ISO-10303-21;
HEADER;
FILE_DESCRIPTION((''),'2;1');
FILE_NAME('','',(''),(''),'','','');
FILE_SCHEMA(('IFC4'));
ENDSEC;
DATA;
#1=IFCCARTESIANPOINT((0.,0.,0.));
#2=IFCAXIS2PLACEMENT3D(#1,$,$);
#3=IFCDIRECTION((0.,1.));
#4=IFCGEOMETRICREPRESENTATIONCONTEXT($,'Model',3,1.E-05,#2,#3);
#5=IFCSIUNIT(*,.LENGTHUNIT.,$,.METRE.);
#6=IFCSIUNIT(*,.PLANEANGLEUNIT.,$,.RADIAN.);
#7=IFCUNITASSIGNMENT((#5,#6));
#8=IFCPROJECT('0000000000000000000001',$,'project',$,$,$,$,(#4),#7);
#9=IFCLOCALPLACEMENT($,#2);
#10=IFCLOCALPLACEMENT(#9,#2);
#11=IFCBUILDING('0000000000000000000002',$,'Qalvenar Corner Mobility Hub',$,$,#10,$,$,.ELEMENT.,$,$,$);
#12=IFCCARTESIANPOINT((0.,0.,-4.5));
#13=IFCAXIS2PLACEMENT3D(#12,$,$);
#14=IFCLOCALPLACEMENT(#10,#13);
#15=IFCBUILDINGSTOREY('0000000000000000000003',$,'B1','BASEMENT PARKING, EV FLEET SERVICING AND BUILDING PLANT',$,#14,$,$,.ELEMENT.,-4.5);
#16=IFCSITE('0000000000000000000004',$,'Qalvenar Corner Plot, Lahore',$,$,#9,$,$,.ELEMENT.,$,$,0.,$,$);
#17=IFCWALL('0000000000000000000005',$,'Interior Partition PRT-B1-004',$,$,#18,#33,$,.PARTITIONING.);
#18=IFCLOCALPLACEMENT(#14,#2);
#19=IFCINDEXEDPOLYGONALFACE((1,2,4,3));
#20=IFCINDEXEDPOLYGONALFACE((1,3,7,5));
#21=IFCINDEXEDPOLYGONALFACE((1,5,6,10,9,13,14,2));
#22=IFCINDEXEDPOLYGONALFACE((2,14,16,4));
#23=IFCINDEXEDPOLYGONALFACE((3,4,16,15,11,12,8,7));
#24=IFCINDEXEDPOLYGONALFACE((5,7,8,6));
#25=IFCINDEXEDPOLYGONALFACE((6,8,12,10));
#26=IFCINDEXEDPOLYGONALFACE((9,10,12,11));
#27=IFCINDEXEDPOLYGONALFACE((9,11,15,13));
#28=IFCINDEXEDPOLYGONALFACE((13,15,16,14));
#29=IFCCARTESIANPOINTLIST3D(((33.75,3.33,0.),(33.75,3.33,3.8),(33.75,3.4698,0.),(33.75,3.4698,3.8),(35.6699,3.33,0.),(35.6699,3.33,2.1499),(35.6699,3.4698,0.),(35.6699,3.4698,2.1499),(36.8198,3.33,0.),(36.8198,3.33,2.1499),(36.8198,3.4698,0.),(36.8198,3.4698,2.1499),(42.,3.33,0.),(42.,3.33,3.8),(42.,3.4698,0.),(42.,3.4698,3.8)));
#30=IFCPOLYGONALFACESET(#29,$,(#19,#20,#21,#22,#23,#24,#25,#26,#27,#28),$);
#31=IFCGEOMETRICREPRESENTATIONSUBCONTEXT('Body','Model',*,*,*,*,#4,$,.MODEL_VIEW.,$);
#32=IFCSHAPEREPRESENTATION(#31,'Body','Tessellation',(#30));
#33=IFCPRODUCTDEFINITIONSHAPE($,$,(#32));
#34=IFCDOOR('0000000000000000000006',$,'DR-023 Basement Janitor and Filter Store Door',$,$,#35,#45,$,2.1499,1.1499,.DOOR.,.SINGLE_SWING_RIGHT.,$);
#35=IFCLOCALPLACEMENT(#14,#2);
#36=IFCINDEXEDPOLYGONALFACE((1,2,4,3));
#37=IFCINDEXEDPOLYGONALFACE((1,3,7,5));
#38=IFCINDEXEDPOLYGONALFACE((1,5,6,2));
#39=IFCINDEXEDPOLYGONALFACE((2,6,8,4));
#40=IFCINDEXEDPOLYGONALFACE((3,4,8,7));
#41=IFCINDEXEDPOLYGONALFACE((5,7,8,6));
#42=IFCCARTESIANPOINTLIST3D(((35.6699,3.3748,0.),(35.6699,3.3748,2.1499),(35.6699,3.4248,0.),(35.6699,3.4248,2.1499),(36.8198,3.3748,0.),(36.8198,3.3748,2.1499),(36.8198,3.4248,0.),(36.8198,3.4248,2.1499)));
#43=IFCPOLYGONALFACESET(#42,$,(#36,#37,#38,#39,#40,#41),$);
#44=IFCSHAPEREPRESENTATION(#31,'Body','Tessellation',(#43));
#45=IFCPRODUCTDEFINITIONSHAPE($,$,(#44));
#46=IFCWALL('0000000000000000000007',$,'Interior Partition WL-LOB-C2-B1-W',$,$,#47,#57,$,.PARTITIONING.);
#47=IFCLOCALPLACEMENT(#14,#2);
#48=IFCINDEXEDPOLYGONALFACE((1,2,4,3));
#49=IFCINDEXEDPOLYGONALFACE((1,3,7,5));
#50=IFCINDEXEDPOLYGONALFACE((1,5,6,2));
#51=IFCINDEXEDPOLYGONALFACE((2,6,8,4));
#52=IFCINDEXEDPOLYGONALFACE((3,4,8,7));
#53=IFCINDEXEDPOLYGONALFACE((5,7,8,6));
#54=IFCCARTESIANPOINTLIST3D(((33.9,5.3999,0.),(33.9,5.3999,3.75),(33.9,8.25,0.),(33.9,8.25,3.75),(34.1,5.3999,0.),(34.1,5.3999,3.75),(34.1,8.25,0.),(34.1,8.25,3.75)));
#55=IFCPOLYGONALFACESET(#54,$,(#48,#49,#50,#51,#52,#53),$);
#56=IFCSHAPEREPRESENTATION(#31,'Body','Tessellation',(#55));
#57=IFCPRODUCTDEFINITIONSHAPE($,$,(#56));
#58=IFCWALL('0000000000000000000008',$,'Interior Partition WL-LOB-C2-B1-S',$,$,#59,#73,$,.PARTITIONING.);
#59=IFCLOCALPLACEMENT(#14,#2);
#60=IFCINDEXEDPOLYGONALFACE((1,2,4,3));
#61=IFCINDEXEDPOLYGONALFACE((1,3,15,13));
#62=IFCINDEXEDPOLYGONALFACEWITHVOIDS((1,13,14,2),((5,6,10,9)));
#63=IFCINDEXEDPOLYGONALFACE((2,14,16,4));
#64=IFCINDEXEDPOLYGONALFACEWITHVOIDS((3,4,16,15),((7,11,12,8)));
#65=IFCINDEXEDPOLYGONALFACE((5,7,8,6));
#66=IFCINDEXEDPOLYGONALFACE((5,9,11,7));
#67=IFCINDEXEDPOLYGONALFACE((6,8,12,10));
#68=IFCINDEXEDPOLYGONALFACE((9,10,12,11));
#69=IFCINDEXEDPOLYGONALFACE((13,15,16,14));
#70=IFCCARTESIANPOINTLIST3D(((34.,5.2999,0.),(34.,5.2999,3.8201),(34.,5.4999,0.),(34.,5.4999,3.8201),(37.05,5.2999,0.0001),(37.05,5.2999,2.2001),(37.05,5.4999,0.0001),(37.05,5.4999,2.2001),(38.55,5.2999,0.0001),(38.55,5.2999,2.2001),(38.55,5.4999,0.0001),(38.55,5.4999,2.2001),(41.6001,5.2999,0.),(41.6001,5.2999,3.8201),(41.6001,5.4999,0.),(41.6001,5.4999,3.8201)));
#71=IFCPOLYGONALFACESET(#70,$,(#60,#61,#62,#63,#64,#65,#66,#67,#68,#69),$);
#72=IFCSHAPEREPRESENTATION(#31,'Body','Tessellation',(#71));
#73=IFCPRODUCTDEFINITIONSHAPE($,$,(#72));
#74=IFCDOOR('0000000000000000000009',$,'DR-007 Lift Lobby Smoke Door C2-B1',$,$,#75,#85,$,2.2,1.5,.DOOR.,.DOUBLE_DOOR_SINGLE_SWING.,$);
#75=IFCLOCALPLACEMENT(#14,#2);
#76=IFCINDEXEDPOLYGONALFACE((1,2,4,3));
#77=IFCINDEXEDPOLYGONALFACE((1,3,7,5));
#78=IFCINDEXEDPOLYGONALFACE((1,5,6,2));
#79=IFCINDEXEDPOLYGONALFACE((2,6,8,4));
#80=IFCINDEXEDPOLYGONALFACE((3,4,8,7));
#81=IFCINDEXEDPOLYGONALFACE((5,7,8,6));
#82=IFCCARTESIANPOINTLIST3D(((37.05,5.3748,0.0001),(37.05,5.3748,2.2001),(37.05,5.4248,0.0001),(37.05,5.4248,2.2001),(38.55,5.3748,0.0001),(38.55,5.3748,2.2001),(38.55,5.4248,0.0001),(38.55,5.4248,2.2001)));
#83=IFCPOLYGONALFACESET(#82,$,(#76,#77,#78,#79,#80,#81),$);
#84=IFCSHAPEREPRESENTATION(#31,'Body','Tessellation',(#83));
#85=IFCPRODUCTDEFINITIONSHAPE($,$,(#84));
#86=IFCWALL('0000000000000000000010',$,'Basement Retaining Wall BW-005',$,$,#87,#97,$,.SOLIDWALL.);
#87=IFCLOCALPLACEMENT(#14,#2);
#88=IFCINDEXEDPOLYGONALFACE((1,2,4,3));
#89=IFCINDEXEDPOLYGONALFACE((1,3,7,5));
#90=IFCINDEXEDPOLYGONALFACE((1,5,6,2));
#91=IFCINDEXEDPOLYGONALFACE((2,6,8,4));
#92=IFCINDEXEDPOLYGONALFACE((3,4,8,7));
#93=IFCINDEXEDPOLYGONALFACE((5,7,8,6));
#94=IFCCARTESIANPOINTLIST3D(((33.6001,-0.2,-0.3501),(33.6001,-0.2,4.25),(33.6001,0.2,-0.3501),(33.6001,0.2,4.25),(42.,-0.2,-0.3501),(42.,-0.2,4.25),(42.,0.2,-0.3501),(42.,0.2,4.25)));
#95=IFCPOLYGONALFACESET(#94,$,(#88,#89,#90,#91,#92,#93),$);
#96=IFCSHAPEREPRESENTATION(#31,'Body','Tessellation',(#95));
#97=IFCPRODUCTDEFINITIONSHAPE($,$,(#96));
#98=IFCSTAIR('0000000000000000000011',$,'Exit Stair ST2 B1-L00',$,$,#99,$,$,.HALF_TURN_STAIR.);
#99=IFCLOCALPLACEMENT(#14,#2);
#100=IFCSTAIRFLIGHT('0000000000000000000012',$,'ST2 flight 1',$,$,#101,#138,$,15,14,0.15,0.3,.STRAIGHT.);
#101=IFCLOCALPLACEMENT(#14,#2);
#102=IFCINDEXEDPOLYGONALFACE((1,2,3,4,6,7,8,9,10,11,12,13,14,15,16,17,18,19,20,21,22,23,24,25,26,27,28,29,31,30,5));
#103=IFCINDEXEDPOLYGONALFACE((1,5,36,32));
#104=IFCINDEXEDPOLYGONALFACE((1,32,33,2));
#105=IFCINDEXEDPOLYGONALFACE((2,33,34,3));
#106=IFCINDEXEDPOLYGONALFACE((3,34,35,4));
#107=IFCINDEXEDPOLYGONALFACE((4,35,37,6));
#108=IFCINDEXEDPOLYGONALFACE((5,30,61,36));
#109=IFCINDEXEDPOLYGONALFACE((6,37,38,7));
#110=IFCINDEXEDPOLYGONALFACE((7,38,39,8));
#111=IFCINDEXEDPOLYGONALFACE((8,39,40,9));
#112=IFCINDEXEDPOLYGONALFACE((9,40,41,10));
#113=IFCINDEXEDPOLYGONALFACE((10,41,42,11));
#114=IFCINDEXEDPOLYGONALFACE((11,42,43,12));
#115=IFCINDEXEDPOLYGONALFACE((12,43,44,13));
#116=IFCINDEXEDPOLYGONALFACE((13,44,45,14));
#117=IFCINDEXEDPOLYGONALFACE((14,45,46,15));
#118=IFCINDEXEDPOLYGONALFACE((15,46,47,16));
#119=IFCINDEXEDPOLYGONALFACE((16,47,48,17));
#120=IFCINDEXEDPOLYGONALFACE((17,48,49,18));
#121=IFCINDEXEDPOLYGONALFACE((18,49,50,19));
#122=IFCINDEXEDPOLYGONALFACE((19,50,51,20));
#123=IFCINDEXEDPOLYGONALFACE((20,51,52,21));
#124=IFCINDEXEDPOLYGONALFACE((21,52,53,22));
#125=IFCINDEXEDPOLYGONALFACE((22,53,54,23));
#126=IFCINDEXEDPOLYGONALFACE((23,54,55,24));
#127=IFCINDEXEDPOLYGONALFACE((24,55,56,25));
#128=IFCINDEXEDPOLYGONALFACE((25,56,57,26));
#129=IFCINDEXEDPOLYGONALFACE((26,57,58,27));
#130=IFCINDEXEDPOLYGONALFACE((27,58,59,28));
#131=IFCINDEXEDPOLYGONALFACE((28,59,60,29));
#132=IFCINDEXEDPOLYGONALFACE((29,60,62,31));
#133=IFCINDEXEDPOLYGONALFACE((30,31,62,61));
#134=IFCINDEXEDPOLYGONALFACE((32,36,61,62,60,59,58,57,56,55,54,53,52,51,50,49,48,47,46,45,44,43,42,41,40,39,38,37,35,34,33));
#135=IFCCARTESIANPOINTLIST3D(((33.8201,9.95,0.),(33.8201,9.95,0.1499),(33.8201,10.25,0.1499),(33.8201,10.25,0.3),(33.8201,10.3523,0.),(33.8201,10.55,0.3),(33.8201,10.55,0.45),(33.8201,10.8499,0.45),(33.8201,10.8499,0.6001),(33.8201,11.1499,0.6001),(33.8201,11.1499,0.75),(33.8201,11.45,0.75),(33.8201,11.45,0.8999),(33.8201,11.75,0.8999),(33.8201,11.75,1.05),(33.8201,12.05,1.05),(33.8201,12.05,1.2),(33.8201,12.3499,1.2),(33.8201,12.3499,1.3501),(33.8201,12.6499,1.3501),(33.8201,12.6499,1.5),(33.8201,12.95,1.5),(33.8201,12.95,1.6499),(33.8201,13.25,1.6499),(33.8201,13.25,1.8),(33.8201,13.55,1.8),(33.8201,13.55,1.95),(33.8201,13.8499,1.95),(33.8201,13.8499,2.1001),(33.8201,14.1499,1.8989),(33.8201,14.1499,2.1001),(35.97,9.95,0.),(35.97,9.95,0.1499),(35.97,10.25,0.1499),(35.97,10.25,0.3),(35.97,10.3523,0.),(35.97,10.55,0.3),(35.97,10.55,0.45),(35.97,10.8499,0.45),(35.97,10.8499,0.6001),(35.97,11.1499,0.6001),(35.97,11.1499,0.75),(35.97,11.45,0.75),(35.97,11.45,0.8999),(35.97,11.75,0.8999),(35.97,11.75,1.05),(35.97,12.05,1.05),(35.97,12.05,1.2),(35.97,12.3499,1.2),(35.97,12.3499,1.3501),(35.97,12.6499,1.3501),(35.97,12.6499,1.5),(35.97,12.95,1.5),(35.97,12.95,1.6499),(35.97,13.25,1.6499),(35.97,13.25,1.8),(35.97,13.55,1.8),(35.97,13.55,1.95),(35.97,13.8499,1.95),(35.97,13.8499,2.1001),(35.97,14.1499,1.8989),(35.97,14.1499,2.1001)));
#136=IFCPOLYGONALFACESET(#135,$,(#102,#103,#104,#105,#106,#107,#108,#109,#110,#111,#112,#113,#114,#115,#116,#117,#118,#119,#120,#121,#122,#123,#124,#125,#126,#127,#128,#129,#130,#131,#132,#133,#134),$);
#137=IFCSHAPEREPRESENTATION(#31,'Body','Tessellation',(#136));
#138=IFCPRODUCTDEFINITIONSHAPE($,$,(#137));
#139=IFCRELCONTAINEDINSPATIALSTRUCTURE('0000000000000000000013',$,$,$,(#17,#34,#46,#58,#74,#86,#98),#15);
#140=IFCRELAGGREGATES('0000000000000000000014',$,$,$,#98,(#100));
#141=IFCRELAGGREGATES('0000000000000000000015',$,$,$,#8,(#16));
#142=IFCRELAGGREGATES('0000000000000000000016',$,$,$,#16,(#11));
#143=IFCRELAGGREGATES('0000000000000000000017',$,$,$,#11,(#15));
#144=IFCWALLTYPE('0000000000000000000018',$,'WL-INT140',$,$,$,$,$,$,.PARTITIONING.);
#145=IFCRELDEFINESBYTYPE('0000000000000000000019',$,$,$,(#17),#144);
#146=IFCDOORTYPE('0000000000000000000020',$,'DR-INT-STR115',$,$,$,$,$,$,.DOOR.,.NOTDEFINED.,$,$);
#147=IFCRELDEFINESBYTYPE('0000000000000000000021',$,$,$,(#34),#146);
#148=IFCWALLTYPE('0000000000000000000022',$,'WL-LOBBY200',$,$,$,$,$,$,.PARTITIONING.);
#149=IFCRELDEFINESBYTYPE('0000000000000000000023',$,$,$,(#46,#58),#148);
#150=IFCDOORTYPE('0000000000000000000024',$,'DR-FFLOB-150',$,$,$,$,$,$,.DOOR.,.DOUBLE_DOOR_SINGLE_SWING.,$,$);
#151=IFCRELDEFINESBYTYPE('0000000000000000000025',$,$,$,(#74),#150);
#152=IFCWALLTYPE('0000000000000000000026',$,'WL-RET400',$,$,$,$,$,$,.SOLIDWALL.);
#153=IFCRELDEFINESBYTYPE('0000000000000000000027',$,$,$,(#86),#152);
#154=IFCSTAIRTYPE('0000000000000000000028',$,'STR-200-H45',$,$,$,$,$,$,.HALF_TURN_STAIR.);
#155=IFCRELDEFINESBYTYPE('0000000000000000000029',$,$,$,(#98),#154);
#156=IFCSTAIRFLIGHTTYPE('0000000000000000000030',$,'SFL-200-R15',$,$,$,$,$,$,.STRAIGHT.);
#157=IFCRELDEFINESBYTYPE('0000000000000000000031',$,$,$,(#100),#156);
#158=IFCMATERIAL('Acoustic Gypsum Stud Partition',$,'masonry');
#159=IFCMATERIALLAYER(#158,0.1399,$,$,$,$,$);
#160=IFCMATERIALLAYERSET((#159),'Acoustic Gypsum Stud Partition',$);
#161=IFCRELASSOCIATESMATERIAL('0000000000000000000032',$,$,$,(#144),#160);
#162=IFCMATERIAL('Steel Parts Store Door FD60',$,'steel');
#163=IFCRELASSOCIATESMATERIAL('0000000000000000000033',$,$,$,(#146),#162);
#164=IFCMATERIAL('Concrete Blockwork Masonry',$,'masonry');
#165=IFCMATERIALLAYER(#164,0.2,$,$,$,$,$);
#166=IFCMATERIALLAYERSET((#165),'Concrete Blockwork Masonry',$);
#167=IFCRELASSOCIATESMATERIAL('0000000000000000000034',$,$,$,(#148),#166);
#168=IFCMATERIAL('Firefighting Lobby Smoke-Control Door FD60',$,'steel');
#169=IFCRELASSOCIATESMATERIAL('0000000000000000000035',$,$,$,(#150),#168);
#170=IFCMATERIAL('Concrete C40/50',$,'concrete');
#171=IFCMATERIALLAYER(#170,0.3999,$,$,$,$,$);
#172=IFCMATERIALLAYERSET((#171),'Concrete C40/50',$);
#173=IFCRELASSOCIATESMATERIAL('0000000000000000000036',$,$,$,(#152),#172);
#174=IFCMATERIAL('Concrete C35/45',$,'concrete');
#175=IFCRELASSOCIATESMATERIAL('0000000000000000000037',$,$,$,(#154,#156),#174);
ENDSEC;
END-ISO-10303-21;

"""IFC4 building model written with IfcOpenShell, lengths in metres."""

from ifc_helpers import new_model, si_unit, direction, frame, frame_2d, origin, place, context, subcontext, project, spatial, polyline, rectangle, outline, extrude, material, layer, layer_set, type_object, element, fill, aggregate, save


model = new_model("IFC4")

# Units and contexts
model_context = context("Model", 3, precision=1e-05, world=origin(), true_north=direction((0.0, 1.0)))
body_context = subcontext(model_context, "Body", "Model", "MODEL_VIEW")
ifc_project = project(units=[si_unit("LENGTHUNIT", "METRE"), si_unit("PLANEANGLEUNIT", "RADIAN")], contexts=[model_context])

# Site, building, storey
site_placement = place(None, origin())
site = spatial("IfcSite", under=ifc_project, at=site_placement, Name="Qalvenar Corner Plot, Lahore", CompositionType="ELEMENT", RefElevation=0.0)
building_placement = place(site_placement, origin())
building = spatial("IfcBuilding", under=site, at=building_placement, Name="Qalvenar Corner Mobility Hub", CompositionType="ELEMENT")
storey_placement = place(building_placement, frame((0.0, 0.0, -4.5)))
storey = spatial("IfcBuildingStorey", under=building, at=storey_placement, Name="B1", Description="BASEMENT PARKING, EV FLEET SERVICING AND BUILDING PLANT", CompositionType="ELEMENT", Elevation=-4.5)

# Shared definitions
ifc_material_1 = material(Name="Concrete C40/50", Category="concrete")

# Wall, opening, door
ifc_material_2 = material(Name="Acoustic Gypsum Stud Partition", Category="masonry")
ifc_layer_1 = layer(ifc_material_2, 0.1399)
ifc_layer_set_1 = layer_set([ifc_layer_1], Name="Acoustic Gypsum Stud Partition")
wall_type_1 = type_object("IfcWallType", Name="WL-INT140", PredefinedType="PARTITIONING", material=ifc_layer_set_1)
wall_1_placement = place(storey_placement, frame((33.75, 3.3999, 0.0), z_axis=(0.0, 0.0, 1.0), x_axis=(1.0, 0.0, 0.0)))
wall_1 = element("IfcWall", 1, at=wall_1_placement, inside=storey, type_object=wall_type_1, Name="Interior Partition PRT-B1-004", PredefinedType="PARTITIONING", context=body_context, shape_type="SweptSolid", body=[
    extrude(rectangle(XDim=8.25, YDim=0.1399, at=frame_2d((4.125, 0.0))), origin(), (0.0, 0.0, 1.0), 3.8),
])
opening_1_placement = place(wall_1_placement, frame((1.9199, 0.0, 0.0)))
opening_1 = element("IfcOpeningElement", 2, at=opening_1_placement, cuts=wall_1, PredefinedType="OPENING", context=body_context, shape_type="SweptSolid", body=[
    extrude(rectangle(XDim=1.1499, YDim=2.1499, at=frame_2d((0.575, 1.075))), frame((0.0, 0.0801, 0.0), z_axis=(0.0, -1.0, 0.0), x_axis=(1.0, 0.0, 0.0)), (0.0, 0.0, 1.0), 0.1599),
])
ifc_material_3 = material(Name="Steel Parts Store Door FD60", Category="steel")
door_type_1 = type_object("IfcDoorType", Name="DR-INT-STR115", OperationType="NOTDEFINED", PredefinedType="DOOR", material=ifc_material_3)
door_1_placement = place(opening_1_placement, origin())
door_1 = element("IfcDoor", 3, at=door_1_placement, inside=storey, type_object=door_type_1, Name="DR-023 Basement Janitor and Filter Store Door", OperationType="SINGLE_SWING_RIGHT", OverallHeight=2.1499, OverallWidth=1.1499, PredefinedType="DOOR", context=body_context, shape_type="SweptSolid", body=[
    extrude(rectangle(XDim=1.1499, YDim=2.1499, at=frame_2d((0.575, 1.075))), frame((0.0, 0.0249, 0.0), z_axis=(0.0, -1.0, 0.0), x_axis=(1.0, 0.0, 0.0)), (0.0, 0.0, 1.0), 0.05),
])
fill(opening_1, door_1)

# Wall
ifc_material_4 = material(Name="Concrete Blockwork Masonry", Category="masonry")
ifc_layer_2 = layer(ifc_material_4, 0.2)
ifc_layer_set_2 = layer_set([ifc_layer_2], Name="Concrete Blockwork Masonry")
wall_type_2 = type_object("IfcWallType", Name="WL-LOBBY200", PredefinedType="PARTITIONING", material=ifc_layer_set_2)
wall_2_placement = place(storey_placement, frame((34.0, 5.3999, 0.0), z_axis=(0.0, 0.0, 1.0), x_axis=(0.0, 1.0, 0.0)))
element("IfcWall", 4, at=wall_2_placement, inside=storey, type_object=wall_type_2, Name="Interior Partition WL-LOB-C2-B1-W", PredefinedType="PARTITIONING", context=body_context, shape_type="SweptSolid", body=[
    extrude(rectangle(XDim=2.8501, YDim=0.2, at=frame_2d((1.425, 0.0))), origin(), (0.0, 0.0, 1.0), 3.75),
])

# Wall, opening, door
wall_3_placement = place(storey_placement, frame((34.0, 5.3999, 0.0), z_axis=(0.0, 0.0, 1.0), x_axis=(1.0, 0.0, 0.0)))
wall_3 = element("IfcWall", 5, at=wall_3_placement, inside=storey, type_object=wall_type_2, Name="Interior Partition WL-LOB-C2-B1-S", PredefinedType="PARTITIONING", context=body_context, shape_type="SweptSolid", body=[
    extrude(rectangle(XDim=7.6001, YDim=0.2, at=frame_2d((3.8, 0.0))), origin(), (0.0, 0.0, 1.0), 3.8201),
])
opening_2_placement = place(wall_3_placement, frame((3.05, 0.0, 0.0)))
opening_2 = element("IfcOpeningElement", 6, at=opening_2_placement, cuts=wall_3, PredefinedType="OPENING", context=body_context, shape_type="SweptSolid", body=[
    extrude(rectangle(XDim=1.5, YDim=2.2, at=frame_2d((0.75, 1.1001))), frame((0.0, 0.1099, 0.0), z_axis=(0.0, -1.0, 0.0), x_axis=(1.0, 0.0, 0.0)), (0.0, 0.0, 1.0), 0.22),
])
ifc_material_5 = material(Name="Firefighting Lobby Smoke-Control Door FD60", Category="steel")
door_type_2 = type_object("IfcDoorType", Name="DR-FFLOB-150", OperationType="DOUBLE_DOOR_SINGLE_SWING", PredefinedType="DOOR", material=ifc_material_5)
door_2_placement = place(opening_2_placement, origin())
door_2 = element("IfcDoor", 7, at=door_2_placement, inside=storey, type_object=door_type_2, Name="DR-007 Lift Lobby Smoke Door C2-B1", OperationType="DOUBLE_DOOR_SINGLE_SWING", OverallHeight=2.2, OverallWidth=1.5, PredefinedType="DOOR", context=body_context, shape_type="SweptSolid", body=[
    extrude(rectangle(XDim=1.5, YDim=2.2, at=frame_2d((0.75, 1.1001))), frame((0.0, 0.0249, 0.0), z_axis=(0.0, -1.0, 0.0), x_axis=(1.0, 0.0, 0.0)), (0.0, 0.0, 1.0), 0.05),
])
fill(opening_2, door_2)

# Wall
ifc_layer_3 = layer(ifc_material_1, 0.3999)
ifc_layer_set_3 = layer_set([ifc_layer_3], Name="Concrete C40/50")
wall_type_3 = type_object("IfcWallType", Name="WL-RET400", PredefinedType="SOLIDWALL", material=ifc_layer_set_3)
wall_4_placement = place(storey_placement, frame((33.6001, 0.0, -0.3501), z_axis=(0.0, 0.0, 1.0), x_axis=(1.0, 0.0, 0.0)))
element("IfcWall", 8, at=wall_4_placement, inside=storey, type_object=wall_type_3, Name="Basement Retaining Wall BW-005", PredefinedType="SOLIDWALL", context=body_context, shape_type="SweptSolid", body=[
    extrude(rectangle(XDim=8.3999, YDim=0.3999, at=frame_2d((4.2, 0.0))), origin(), (0.0, 0.0, 1.0), 4.6001),
])

# Stair, stair flight
ifc_material_6 = material(Name="Concrete C35/45", Category="concrete")
stair_type = type_object("IfcStairType", Name="STR-200-H45", PredefinedType="HALF_TURN_STAIR", material=ifc_material_6)
stair_placement = place(storey_placement, origin())
stair = element("IfcStair", 9, at=stair_placement, inside=storey, type_object=stair_type, Name="Exit Stair ST2 B1-L00", PredefinedType="HALF_TURN_STAIR")
stair_flight_type = type_object("IfcStairFlightType", Name="SFL-200-R15", PredefinedType="STRAIGHT", material=ifc_material_6)
stair_flight_placement = place(storey_placement, frame((34.895, 9.95, 0.0), z_axis=(0.0, 0.0, 1.0), x_axis=(0.0, 1.0, 0.0)))
stair_flight = element("IfcStairFlight", 10, at=stair_flight_placement, type_object=stair_flight_type, Name="ST2 flight 1", NumberOfRisers=15, NumberOfTreads=14, PredefinedType="STRAIGHT", RiserHeight=0.15, TreadLength=0.3, context=body_context, shape_type="SweptSolid", body=[
    extrude(outline(polyline([(0.0, 0.0), (0.0, 0.1499), (0.3, 0.1499), (0.3, 0.3), (0.6001, 0.3), (0.6001, 0.45), (0.8999, 0.45), (0.8999, 0.6001), (1.2, 0.6001), (1.2, 0.75), (1.5, 0.75), (1.5, 0.8999), (1.8, 0.8999), (1.8, 1.05), (2.1001, 1.05), (2.1001, 1.2), (2.3999, 1.2), (2.3999, 1.3501), (2.7, 1.3501), (2.7, 1.5), (3.0, 1.5), (3.0, 1.6499), (3.3, 1.6499), (3.3, 1.8), (3.6001, 1.8), (3.6001, 1.95), (3.8999, 1.95), (3.8999, 2.1001), (4.2, 2.1001), (4.2, 2.25), (4.2, 1.8989), (0.4023, 0.0), (0.0, 0.0)])), frame((0.0, 1.075, 0.0), z_axis=(0.0, -1.0, 0.0), x_axis=(1.0, 0.0, 0.0)), (0.0, 0.0, 1.0), 2.1499),
])
aggregate(stair, [stair_flight])

save(model, "model.ifc")
